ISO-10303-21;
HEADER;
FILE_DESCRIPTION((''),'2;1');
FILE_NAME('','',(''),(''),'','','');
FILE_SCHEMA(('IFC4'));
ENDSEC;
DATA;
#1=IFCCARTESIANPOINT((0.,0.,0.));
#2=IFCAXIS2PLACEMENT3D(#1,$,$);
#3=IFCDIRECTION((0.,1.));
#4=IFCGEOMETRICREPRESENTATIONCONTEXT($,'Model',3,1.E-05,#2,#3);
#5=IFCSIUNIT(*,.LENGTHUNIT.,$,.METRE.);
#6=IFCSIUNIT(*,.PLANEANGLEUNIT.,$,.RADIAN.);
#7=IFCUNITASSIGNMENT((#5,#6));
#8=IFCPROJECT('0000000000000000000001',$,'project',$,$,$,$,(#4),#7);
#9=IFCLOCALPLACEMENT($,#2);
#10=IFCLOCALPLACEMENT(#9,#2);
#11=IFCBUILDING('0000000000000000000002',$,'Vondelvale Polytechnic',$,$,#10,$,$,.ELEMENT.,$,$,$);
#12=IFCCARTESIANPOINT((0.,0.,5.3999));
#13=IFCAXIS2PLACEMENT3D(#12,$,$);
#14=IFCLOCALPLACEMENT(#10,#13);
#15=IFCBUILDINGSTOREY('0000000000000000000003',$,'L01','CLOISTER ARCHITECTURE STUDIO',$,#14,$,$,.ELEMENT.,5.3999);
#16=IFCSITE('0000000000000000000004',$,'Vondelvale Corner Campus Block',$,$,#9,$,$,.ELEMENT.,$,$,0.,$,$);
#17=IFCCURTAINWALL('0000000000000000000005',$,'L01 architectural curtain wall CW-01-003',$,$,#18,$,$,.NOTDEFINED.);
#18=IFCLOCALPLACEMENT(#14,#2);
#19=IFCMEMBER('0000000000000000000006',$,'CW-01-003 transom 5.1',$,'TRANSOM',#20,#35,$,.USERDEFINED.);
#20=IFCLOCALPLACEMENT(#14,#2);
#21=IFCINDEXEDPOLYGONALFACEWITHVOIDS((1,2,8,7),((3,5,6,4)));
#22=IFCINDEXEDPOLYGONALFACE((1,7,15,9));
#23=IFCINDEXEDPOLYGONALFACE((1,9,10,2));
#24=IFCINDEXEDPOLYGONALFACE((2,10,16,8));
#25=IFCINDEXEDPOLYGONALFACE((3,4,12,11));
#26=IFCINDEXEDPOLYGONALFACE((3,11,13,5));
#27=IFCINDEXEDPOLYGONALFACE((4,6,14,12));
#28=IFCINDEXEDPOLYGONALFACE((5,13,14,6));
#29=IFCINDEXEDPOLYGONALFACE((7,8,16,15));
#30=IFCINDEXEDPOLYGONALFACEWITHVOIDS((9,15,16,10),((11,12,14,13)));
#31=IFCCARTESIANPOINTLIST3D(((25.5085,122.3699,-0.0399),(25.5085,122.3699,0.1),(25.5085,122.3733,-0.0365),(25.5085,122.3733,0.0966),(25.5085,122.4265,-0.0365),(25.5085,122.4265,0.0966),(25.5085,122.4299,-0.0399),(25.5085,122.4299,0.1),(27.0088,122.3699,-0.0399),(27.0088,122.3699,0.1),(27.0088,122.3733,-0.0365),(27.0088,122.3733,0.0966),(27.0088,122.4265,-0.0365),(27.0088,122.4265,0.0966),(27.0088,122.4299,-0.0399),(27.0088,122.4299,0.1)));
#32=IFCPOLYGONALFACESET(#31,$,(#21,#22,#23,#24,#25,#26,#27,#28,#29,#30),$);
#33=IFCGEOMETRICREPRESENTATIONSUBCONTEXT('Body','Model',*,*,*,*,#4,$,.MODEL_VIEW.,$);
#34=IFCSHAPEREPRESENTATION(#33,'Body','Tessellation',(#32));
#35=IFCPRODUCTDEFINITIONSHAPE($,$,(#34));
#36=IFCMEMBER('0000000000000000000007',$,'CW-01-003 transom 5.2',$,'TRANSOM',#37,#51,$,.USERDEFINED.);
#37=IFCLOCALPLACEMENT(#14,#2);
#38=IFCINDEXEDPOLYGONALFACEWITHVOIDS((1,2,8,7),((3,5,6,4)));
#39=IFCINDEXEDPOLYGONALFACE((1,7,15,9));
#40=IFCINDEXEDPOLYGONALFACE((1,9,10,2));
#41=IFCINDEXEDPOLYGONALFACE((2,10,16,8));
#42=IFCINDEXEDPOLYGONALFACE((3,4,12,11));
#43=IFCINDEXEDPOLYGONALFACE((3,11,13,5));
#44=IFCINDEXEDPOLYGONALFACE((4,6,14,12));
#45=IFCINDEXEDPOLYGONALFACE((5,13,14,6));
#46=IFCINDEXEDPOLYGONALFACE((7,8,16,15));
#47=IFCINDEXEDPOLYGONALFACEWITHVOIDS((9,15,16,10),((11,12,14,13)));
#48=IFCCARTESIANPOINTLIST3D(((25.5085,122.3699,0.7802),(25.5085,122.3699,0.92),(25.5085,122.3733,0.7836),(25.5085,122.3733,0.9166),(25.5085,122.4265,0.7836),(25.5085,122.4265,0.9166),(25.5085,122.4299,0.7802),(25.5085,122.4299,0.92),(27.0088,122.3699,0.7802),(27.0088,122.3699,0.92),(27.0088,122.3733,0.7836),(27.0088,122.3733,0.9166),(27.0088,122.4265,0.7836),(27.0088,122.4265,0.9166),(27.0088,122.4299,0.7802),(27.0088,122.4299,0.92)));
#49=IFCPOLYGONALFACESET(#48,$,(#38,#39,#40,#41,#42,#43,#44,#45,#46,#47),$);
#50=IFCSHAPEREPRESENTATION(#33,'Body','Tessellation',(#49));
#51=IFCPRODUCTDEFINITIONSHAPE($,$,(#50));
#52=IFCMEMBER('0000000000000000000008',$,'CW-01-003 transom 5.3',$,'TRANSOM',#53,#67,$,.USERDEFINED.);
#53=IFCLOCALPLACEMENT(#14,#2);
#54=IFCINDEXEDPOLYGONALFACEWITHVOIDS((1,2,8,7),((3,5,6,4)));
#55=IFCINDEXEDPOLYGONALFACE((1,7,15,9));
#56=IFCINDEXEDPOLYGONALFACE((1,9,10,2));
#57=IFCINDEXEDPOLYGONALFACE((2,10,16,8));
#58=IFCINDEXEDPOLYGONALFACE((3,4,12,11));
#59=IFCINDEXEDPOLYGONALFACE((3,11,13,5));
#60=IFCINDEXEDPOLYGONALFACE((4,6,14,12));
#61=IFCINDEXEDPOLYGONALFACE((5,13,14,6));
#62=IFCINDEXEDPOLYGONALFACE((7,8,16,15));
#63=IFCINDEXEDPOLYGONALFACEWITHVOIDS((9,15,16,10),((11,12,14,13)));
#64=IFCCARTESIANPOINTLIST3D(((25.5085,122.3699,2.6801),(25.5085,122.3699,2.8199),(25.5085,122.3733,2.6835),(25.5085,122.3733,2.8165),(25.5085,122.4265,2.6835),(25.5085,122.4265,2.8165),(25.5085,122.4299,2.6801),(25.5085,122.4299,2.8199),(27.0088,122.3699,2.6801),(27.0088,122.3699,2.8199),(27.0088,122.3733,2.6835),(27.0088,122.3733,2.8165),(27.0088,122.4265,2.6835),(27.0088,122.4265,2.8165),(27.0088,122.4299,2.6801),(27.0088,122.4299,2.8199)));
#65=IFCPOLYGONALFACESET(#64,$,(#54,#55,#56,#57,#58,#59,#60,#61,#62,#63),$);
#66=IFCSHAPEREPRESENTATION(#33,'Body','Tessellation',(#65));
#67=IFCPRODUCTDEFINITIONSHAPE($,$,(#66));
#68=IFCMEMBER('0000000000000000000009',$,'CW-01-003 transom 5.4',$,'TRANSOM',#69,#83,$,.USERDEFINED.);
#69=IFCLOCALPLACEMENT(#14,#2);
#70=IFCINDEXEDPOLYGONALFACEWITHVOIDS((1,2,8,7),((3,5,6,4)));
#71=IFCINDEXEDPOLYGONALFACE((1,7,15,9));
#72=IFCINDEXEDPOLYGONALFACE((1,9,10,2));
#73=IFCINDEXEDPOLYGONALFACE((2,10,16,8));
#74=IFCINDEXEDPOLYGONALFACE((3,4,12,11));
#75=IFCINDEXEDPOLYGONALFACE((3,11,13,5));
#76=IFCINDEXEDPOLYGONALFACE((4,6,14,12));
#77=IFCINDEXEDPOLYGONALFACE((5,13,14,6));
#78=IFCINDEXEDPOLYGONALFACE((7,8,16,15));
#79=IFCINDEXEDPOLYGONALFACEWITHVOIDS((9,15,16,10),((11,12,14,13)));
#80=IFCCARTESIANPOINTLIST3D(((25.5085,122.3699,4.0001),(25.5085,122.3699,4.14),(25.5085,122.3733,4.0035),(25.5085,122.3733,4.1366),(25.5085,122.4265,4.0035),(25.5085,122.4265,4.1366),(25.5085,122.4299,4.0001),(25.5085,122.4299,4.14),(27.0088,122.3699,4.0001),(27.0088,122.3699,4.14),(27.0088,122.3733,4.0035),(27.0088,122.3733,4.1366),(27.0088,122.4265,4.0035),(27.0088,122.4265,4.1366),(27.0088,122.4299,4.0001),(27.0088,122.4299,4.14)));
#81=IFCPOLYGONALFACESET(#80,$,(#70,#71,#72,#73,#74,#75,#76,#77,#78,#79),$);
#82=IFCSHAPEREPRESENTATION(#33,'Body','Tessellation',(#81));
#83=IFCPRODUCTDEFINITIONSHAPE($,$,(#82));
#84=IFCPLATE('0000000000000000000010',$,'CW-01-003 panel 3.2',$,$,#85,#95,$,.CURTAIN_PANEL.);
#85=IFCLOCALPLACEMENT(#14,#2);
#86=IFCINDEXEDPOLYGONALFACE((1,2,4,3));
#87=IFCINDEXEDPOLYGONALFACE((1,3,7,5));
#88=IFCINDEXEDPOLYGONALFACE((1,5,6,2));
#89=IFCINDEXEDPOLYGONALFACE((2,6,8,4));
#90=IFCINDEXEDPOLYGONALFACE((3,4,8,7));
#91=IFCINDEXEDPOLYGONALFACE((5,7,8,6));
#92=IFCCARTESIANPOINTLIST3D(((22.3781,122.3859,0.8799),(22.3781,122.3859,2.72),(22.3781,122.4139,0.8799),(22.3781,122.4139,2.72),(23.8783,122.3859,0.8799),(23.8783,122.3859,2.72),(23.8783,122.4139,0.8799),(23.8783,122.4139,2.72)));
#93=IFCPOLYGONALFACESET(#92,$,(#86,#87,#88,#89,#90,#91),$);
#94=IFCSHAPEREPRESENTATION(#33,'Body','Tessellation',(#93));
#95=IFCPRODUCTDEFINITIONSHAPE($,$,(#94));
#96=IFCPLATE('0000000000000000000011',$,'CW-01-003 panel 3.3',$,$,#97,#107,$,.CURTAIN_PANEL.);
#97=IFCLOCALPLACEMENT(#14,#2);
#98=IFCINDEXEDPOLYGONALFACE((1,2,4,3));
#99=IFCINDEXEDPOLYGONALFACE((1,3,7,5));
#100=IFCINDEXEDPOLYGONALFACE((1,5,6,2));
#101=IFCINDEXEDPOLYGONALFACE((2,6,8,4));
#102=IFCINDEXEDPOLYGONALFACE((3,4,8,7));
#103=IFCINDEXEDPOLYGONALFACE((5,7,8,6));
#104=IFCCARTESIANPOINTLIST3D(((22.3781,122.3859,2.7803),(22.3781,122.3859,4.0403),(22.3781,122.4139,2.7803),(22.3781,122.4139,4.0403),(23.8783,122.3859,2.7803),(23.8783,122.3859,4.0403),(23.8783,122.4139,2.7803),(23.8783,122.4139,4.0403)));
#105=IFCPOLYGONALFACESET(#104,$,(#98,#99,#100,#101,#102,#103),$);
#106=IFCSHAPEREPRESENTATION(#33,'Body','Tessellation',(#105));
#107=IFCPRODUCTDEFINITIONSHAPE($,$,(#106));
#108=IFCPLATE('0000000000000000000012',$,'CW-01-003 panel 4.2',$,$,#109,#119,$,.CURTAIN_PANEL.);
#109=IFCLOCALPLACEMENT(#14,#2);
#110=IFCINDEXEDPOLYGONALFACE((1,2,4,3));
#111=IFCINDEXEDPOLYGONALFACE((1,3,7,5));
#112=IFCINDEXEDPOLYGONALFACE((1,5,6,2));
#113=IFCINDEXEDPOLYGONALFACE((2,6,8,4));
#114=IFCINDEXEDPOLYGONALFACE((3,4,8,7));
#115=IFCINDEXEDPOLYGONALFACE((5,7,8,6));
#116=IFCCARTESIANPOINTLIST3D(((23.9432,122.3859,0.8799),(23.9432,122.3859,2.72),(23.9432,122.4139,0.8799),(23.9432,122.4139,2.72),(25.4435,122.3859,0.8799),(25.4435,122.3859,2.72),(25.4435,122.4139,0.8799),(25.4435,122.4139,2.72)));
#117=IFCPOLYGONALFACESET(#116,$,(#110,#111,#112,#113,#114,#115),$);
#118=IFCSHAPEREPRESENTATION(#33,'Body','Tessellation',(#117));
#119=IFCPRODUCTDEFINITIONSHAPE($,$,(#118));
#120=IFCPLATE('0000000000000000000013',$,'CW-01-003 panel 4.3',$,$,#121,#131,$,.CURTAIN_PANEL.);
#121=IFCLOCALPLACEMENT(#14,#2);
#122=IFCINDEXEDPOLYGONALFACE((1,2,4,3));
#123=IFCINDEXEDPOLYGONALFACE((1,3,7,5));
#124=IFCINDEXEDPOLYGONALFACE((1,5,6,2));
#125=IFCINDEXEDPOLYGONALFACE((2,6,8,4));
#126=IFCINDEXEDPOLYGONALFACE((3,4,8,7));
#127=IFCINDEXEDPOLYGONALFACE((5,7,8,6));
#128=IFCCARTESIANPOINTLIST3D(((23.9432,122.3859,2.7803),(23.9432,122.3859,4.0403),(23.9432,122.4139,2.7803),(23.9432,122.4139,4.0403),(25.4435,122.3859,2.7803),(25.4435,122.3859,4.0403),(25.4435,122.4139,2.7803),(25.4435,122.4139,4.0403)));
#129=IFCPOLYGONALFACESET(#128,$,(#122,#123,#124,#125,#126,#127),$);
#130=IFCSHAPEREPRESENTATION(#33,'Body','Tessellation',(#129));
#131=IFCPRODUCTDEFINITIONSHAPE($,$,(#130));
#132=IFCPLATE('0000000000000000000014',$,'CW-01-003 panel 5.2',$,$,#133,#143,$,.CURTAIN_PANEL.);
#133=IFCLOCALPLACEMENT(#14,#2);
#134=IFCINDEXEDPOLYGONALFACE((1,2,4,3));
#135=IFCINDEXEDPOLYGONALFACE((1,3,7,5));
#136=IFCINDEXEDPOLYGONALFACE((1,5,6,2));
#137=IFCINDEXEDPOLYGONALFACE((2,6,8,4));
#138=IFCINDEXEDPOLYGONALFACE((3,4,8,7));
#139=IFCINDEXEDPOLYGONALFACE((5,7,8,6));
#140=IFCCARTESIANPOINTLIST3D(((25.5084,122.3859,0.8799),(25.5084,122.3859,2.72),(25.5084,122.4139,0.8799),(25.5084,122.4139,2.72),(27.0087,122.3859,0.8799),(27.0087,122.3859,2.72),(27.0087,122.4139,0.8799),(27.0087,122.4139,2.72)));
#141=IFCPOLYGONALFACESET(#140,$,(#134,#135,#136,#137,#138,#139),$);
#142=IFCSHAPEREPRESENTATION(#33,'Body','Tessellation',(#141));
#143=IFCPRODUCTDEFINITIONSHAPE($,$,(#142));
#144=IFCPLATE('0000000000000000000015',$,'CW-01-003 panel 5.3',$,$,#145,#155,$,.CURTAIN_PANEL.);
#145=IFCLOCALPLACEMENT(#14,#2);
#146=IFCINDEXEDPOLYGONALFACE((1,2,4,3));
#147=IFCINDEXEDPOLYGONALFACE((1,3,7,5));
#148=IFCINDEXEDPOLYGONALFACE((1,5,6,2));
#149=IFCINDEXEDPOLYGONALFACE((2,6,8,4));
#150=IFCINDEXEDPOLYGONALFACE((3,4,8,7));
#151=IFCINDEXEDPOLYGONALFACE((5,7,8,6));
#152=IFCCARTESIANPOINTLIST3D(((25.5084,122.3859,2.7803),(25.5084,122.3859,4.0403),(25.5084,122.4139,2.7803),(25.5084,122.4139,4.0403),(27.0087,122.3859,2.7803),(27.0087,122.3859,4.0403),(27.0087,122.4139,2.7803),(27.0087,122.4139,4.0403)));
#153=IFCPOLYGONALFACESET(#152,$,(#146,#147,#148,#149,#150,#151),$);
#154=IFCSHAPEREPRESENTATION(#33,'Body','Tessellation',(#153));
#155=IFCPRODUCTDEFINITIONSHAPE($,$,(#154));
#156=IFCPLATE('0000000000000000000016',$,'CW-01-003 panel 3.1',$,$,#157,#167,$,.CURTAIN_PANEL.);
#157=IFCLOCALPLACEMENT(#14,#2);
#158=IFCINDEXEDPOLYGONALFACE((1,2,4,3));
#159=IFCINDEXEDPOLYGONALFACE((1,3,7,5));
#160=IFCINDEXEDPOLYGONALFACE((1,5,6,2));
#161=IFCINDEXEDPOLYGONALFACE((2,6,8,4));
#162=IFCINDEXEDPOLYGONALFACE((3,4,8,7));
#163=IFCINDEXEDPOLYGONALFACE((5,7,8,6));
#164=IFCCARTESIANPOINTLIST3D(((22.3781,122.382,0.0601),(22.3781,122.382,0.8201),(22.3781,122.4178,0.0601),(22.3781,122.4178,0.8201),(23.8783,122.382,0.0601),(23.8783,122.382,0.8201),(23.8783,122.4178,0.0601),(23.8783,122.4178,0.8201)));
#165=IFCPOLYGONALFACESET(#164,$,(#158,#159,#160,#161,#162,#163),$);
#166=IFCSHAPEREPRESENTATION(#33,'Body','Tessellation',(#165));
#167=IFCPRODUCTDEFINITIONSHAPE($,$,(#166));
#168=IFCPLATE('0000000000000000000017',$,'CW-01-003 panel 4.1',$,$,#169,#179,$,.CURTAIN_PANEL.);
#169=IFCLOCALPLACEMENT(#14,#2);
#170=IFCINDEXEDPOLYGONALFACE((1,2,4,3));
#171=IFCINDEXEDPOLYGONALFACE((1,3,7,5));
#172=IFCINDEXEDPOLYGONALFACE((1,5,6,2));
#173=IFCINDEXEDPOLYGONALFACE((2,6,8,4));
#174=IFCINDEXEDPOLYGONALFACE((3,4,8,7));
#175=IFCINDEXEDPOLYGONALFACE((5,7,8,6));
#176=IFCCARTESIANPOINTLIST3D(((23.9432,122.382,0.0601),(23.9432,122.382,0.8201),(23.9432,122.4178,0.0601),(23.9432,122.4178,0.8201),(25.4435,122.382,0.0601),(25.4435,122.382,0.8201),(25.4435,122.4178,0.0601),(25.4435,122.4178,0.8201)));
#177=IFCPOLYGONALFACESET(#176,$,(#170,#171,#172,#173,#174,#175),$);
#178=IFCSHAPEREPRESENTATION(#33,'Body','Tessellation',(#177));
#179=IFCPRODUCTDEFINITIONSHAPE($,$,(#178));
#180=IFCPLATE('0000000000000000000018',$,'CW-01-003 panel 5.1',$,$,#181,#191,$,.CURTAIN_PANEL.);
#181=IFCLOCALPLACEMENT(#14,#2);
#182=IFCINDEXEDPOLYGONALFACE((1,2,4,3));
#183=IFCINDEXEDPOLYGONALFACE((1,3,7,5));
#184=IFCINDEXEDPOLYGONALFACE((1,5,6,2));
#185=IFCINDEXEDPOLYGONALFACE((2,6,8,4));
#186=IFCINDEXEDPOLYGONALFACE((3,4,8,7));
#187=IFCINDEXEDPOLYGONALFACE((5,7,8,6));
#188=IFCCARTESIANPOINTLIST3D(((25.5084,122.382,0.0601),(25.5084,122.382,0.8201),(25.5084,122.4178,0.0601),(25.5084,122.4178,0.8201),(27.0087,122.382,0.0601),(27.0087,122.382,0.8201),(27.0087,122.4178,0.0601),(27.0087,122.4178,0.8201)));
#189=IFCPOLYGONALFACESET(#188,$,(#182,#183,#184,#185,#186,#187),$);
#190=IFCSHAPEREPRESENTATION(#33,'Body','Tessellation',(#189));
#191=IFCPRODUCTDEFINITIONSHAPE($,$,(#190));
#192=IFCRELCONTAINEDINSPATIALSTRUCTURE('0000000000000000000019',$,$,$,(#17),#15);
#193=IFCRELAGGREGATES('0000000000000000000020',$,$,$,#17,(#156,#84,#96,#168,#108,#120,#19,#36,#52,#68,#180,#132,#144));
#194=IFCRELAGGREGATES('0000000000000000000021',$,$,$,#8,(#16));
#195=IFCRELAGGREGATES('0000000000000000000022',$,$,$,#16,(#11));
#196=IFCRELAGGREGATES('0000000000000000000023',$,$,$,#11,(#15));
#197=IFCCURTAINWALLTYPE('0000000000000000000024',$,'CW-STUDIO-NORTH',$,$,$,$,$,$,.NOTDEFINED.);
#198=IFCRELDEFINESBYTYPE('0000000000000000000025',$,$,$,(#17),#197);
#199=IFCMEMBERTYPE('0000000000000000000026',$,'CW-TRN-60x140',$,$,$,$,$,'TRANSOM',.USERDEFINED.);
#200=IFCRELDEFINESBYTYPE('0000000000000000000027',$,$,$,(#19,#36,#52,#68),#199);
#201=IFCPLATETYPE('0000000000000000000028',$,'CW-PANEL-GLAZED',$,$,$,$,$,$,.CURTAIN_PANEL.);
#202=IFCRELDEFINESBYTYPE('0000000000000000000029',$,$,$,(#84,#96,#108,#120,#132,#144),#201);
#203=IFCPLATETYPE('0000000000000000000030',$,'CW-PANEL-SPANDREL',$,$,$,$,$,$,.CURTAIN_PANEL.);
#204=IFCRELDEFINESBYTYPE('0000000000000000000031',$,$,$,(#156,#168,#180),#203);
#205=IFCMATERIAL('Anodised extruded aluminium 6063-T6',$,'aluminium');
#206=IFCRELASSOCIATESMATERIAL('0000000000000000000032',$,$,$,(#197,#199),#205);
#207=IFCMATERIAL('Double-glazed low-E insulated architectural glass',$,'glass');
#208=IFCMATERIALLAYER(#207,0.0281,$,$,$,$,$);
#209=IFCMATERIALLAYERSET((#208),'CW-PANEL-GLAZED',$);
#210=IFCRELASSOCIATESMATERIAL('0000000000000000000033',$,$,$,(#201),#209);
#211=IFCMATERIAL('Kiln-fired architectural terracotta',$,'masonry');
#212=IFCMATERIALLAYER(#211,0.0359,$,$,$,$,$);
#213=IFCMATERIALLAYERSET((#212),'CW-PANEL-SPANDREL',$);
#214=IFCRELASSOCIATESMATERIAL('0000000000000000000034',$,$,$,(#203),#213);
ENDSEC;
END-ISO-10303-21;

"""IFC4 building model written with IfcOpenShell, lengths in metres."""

from ifc_helpers import new_model, si_unit, direction, frame, origin, origin_2d, place, context, subcontext, project, spatial, rectangle, hollow_rectangle, extrude, material, layer, layer_set, material_profile, profile_set, type_object, element, aggregate, save


model = new_model("IFC4")

# Units and contexts
model_context = context("Model", 3, precision=1e-05, world=origin(), true_north=direction((0.0, 1.0)))
body_context = subcontext(model_context, "Body", "Model", "MODEL_VIEW")
ifc_project = project(units=[si_unit("LENGTHUNIT", "METRE"), si_unit("PLANEANGLEUNIT", "RADIAN")], contexts=[model_context])

# Site, building, storey
site_placement = place(None, origin())
site = spatial("IfcSite", under=ifc_project, at=site_placement, Name="Vondelvale Corner Campus Block", CompositionType="ELEMENT", RefElevation=0.0)
building_placement = place(site_placement, origin())
building = spatial("IfcBuilding", under=site, at=building_placement, Name="Vondelvale Polytechnic", CompositionType="ELEMENT")
storey_placement = place(building_placement, frame((0.0, 0.0, 5.3999)))
storey = spatial("IfcBuildingStorey", under=building, at=storey_placement, Name="L01", Description="CLOISTER ARCHITECTURE STUDIO", CompositionType="ELEMENT", Elevation=5.3999)

# Curtain wall, members, plates
ifc_material_1 = material(Name="Anodised extruded aluminium 6063-T6", Category="aluminium")
curtain_wall_type = type_object("IfcCurtainWallType", Name="CW-STUDIO-NORTH", PredefinedType="NOTDEFINED", material=ifc_material_1)
curtain_wall_placement = place(storey_placement, origin())
curtain_wall = element("IfcCurtainWall", 1, at=curtain_wall_placement, inside=storey, type_object=curtain_wall_type, Name="L01 architectural curtain wall CW-01-003", PredefinedType="NOTDEFINED")
ifc_material_profile_1 = material_profile(ifc_material_1, hollow_rectangle(XDim=0.0601, YDim=0.1399, WallThickness=0.0034, at=origin_2d()), Name="CW-TRN-140x60")
ifc_profile_set_1 = profile_set([ifc_material_profile_1], Name="Anodised extruded aluminium 6063-T6")
member_type_1 = type_object("IfcMemberType", Name="CW-TRN-60x140", ElementType="TRANSOM", PredefinedType="USERDEFINED", material=ifc_profile_set_1)
member_1_placement = place(storey_placement, frame((25.5085, 122.3999, 0.03), z_axis=(1.0, 0.0, 0.0), x_axis=(0.0, 1.0, 0.0)))
member_1 = element("IfcMember", 2, at=member_1_placement, type_object=member_type_1, Name="CW-01-003 transom 5.1", ObjectType="TRANSOM", PredefinedType="USERDEFINED", context=body_context, shape_type="SweptSolid", body=[
    extrude(hollow_rectangle(XDim=0.0601, YDim=0.1399, WallThickness=0.0034, at=origin_2d()), origin(), (0.0, 0.0, 1.0), 1.5002),
])
member_2_placement = place(storey_placement, frame((25.5085, 122.3999, 0.8501), z_axis=(1.0, 0.0, 0.0), x_axis=(0.0, 1.0, 0.0)))
member_2 = element("IfcMember", 3, at=member_2_placement, type_object=member_type_1, Name="CW-01-003 transom 5.2", ObjectType="TRANSOM", PredefinedType="USERDEFINED", context=body_context, shape_type="SweptSolid", body=[
    extrude(hollow_rectangle(XDim=0.0601, YDim=0.1399, WallThickness=0.0034, at=origin_2d()), origin(), (0.0, 0.0, 1.0), 1.5002),
])
member_3_placement = place(storey_placement, frame((25.5085, 122.3999, 2.75), z_axis=(1.0, 0.0, 0.0), x_axis=(0.0, 1.0, 0.0)))
member_3 = element("IfcMember", 4, at=member_3_placement, type_object=member_type_1, Name="CW-01-003 transom 5.3", ObjectType="TRANSOM", PredefinedType="USERDEFINED", context=body_context, shape_type="SweptSolid", body=[
    extrude(hollow_rectangle(XDim=0.0601, YDim=0.1399, WallThickness=0.0034, at=origin_2d()), origin(), (0.0, 0.0, 1.0), 1.5002),
])
member_4_placement = place(storey_placement, frame((25.5085, 122.3999, 4.0701), z_axis=(1.0, 0.0, 0.0), x_axis=(0.0, 1.0, 0.0)))
member_4 = element("IfcMember", 5, at=member_4_placement, type_object=member_type_1, Name="CW-01-003 transom 5.4", ObjectType="TRANSOM", PredefinedType="USERDEFINED", context=body_context, shape_type="SweptSolid", body=[
    extrude(hollow_rectangle(XDim=0.0601, YDim=0.1399, WallThickness=0.0034, at=origin_2d()), origin(), (0.0, 0.0, 1.0), 1.5002),
])
ifc_material_2 = material(Name="Double-glazed low-E insulated architectural glass", Category="glass")
ifc_layer_1 = layer(ifc_material_2, 0.0281)
ifc_layer_set_1 = layer_set([ifc_layer_1], Name="CW-PANEL-GLAZED")
plate_type_1 = type_object("IfcPlateType", Name="CW-PANEL-GLAZED", PredefinedType="CURTAIN_PANEL", material=ifc_layer_set_1)
plate_1_placement = place(storey_placement, frame((23.1282, 122.3999, 0.8799), z_axis=(0.0, 0.0, 1.0), x_axis=(1.0, 0.0, 0.0)))
plate_1 = element("IfcPlate", 6, at=plate_1_placement, type_object=plate_type_1, Name="CW-01-003 panel 3.2", PredefinedType="CURTAIN_PANEL", context=body_context, shape_type="SweptSolid", body=[
    extrude(rectangle(XDim=1.5002, YDim=0.0281, at=origin_2d()), origin(), (0.0, 0.0, 1.0), 1.8401),
])
plate_2_placement = place(storey_placement, frame((23.1282, 122.3999, 2.7803), z_axis=(0.0, 0.0, 1.0), x_axis=(1.0, 0.0, 0.0)))
plate_2 = element("IfcPlate", 7, at=plate_2_placement, type_object=plate_type_1, Name="CW-01-003 panel 3.3", PredefinedType="CURTAIN_PANEL", context=body_context, shape_type="SweptSolid", body=[
    extrude(rectangle(XDim=1.5002, YDim=0.0281, at=origin_2d()), origin(), (0.0, 0.0, 1.0), 1.26),
])
plate_3_placement = place(storey_placement, frame((24.6934, 122.3999, 0.8799), z_axis=(0.0, 0.0, 1.0), x_axis=(1.0, 0.0, 0.0)))
plate_3 = element("IfcPlate", 8, at=plate_3_placement, type_object=plate_type_1, Name="CW-01-003 panel 4.2", PredefinedType="CURTAIN_PANEL", context=body_context, shape_type="SweptSolid", body=[
    extrude(rectangle(XDim=1.5002, YDim=0.0281, at=origin_2d()), origin(), (0.0, 0.0, 1.0), 1.8401),
])
plate_4_placement = place(storey_placement, frame((24.6934, 122.3999, 2.7803), z_axis=(0.0, 0.0, 1.0), x_axis=(1.0, 0.0, 0.0)))
plate_4 = element("IfcPlate", 9, at=plate_4_placement, type_object=plate_type_1, Name="CW-01-003 panel 4.3", PredefinedType="CURTAIN_PANEL", context=body_context, shape_type="SweptSolid", body=[
    extrude(rectangle(XDim=1.5002, YDim=0.0281, at=origin_2d()), origin(), (0.0, 0.0, 1.0), 1.26),
])
plate_5_placement = place(storey_placement, frame((26.2585, 122.3999, 0.8799), z_axis=(0.0, 0.0, 1.0), x_axis=(1.0, 0.0, 0.0)))
plate_5 = element("IfcPlate", 10, at=plate_5_placement, type_object=plate_type_1, Name="CW-01-003 panel 5.2", PredefinedType="CURTAIN_PANEL", context=body_context, shape_type="SweptSolid", body=[
    extrude(rectangle(XDim=1.5002, YDim=0.0281, at=origin_2d()), origin(), (0.0, 0.0, 1.0), 1.8401),
])
plate_6_placement = place(storey_placement, frame((26.2585, 122.3999, 2.7803), z_axis=(0.0, 0.0, 1.0), x_axis=(1.0, 0.0, 0.0)))
plate_6 = element("IfcPlate", 11, at=plate_6_placement, type_object=plate_type_1, Name="CW-01-003 panel 5.3", PredefinedType="CURTAIN_PANEL", context=body_context, shape_type="SweptSolid", body=[
    extrude(rectangle(XDim=1.5002, YDim=0.0281, at=origin_2d()), origin(), (0.0, 0.0, 1.0), 1.26),
])
ifc_material_3 = material(Name="Kiln-fired architectural terracotta", Category="masonry")
ifc_layer_2 = layer(ifc_material_3, 0.0359)
ifc_layer_set_2 = layer_set([ifc_layer_2], Name="CW-PANEL-SPANDREL")
plate_type_2 = type_object("IfcPlateType", Name="CW-PANEL-SPANDREL", PredefinedType="CURTAIN_PANEL", material=ifc_layer_set_2)
plate_7_placement = place(storey_placement, frame((23.1282, 122.3999, 0.0601), z_axis=(0.0, 0.0, 1.0), x_axis=(1.0, 0.0, 0.0)))
plate_7 = element("IfcPlate", 12, at=plate_7_placement, type_object=plate_type_2, Name="CW-01-003 panel 3.1", PredefinedType="CURTAIN_PANEL", context=body_context, shape_type="SweptSolid", body=[
    extrude(rectangle(XDim=1.5002, YDim=0.0359, at=origin_2d()), origin(), (0.0, 0.0, 1.0), 0.76),
])
plate_8_placement = place(storey_placement, frame((24.6934, 122.3999, 0.0601), z_axis=(0.0, 0.0, 1.0), x_axis=(1.0, 0.0, 0.0)))
plate_8 = element("IfcPlate", 13, at=plate_8_placement, type_object=plate_type_2, Name="CW-01-003 panel 4.1", PredefinedType="CURTAIN_PANEL", context=body_context, shape_type="SweptSolid", body=[
    extrude(rectangle(XDim=1.5002, YDim=0.0359, at=origin_2d()), origin(), (0.0, 0.0, 1.0), 0.76),
])
plate_9_placement = place(storey_placement, frame((26.2585, 122.3999, 0.0601), z_axis=(0.0, 0.0, 1.0), x_axis=(1.0, 0.0, 0.0)))
plate_9 = element("IfcPlate", 14, at=plate_9_placement, type_object=plate_type_2, Name="CW-01-003 panel 5.1", PredefinedType="CURTAIN_PANEL", context=body_context, shape_type="SweptSolid", body=[
    extrude(rectangle(XDim=1.5002, YDim=0.0359, at=origin_2d()), origin(), (0.0, 0.0, 1.0), 0.76),
])
aggregate(curtain_wall, [plate_7, plate_1, plate_2, plate_8, plate_3, plate_4, member_1, member_2, member_3, member_4, plate_9, plate_5, plate_6])

save(model, "model.ifc")
